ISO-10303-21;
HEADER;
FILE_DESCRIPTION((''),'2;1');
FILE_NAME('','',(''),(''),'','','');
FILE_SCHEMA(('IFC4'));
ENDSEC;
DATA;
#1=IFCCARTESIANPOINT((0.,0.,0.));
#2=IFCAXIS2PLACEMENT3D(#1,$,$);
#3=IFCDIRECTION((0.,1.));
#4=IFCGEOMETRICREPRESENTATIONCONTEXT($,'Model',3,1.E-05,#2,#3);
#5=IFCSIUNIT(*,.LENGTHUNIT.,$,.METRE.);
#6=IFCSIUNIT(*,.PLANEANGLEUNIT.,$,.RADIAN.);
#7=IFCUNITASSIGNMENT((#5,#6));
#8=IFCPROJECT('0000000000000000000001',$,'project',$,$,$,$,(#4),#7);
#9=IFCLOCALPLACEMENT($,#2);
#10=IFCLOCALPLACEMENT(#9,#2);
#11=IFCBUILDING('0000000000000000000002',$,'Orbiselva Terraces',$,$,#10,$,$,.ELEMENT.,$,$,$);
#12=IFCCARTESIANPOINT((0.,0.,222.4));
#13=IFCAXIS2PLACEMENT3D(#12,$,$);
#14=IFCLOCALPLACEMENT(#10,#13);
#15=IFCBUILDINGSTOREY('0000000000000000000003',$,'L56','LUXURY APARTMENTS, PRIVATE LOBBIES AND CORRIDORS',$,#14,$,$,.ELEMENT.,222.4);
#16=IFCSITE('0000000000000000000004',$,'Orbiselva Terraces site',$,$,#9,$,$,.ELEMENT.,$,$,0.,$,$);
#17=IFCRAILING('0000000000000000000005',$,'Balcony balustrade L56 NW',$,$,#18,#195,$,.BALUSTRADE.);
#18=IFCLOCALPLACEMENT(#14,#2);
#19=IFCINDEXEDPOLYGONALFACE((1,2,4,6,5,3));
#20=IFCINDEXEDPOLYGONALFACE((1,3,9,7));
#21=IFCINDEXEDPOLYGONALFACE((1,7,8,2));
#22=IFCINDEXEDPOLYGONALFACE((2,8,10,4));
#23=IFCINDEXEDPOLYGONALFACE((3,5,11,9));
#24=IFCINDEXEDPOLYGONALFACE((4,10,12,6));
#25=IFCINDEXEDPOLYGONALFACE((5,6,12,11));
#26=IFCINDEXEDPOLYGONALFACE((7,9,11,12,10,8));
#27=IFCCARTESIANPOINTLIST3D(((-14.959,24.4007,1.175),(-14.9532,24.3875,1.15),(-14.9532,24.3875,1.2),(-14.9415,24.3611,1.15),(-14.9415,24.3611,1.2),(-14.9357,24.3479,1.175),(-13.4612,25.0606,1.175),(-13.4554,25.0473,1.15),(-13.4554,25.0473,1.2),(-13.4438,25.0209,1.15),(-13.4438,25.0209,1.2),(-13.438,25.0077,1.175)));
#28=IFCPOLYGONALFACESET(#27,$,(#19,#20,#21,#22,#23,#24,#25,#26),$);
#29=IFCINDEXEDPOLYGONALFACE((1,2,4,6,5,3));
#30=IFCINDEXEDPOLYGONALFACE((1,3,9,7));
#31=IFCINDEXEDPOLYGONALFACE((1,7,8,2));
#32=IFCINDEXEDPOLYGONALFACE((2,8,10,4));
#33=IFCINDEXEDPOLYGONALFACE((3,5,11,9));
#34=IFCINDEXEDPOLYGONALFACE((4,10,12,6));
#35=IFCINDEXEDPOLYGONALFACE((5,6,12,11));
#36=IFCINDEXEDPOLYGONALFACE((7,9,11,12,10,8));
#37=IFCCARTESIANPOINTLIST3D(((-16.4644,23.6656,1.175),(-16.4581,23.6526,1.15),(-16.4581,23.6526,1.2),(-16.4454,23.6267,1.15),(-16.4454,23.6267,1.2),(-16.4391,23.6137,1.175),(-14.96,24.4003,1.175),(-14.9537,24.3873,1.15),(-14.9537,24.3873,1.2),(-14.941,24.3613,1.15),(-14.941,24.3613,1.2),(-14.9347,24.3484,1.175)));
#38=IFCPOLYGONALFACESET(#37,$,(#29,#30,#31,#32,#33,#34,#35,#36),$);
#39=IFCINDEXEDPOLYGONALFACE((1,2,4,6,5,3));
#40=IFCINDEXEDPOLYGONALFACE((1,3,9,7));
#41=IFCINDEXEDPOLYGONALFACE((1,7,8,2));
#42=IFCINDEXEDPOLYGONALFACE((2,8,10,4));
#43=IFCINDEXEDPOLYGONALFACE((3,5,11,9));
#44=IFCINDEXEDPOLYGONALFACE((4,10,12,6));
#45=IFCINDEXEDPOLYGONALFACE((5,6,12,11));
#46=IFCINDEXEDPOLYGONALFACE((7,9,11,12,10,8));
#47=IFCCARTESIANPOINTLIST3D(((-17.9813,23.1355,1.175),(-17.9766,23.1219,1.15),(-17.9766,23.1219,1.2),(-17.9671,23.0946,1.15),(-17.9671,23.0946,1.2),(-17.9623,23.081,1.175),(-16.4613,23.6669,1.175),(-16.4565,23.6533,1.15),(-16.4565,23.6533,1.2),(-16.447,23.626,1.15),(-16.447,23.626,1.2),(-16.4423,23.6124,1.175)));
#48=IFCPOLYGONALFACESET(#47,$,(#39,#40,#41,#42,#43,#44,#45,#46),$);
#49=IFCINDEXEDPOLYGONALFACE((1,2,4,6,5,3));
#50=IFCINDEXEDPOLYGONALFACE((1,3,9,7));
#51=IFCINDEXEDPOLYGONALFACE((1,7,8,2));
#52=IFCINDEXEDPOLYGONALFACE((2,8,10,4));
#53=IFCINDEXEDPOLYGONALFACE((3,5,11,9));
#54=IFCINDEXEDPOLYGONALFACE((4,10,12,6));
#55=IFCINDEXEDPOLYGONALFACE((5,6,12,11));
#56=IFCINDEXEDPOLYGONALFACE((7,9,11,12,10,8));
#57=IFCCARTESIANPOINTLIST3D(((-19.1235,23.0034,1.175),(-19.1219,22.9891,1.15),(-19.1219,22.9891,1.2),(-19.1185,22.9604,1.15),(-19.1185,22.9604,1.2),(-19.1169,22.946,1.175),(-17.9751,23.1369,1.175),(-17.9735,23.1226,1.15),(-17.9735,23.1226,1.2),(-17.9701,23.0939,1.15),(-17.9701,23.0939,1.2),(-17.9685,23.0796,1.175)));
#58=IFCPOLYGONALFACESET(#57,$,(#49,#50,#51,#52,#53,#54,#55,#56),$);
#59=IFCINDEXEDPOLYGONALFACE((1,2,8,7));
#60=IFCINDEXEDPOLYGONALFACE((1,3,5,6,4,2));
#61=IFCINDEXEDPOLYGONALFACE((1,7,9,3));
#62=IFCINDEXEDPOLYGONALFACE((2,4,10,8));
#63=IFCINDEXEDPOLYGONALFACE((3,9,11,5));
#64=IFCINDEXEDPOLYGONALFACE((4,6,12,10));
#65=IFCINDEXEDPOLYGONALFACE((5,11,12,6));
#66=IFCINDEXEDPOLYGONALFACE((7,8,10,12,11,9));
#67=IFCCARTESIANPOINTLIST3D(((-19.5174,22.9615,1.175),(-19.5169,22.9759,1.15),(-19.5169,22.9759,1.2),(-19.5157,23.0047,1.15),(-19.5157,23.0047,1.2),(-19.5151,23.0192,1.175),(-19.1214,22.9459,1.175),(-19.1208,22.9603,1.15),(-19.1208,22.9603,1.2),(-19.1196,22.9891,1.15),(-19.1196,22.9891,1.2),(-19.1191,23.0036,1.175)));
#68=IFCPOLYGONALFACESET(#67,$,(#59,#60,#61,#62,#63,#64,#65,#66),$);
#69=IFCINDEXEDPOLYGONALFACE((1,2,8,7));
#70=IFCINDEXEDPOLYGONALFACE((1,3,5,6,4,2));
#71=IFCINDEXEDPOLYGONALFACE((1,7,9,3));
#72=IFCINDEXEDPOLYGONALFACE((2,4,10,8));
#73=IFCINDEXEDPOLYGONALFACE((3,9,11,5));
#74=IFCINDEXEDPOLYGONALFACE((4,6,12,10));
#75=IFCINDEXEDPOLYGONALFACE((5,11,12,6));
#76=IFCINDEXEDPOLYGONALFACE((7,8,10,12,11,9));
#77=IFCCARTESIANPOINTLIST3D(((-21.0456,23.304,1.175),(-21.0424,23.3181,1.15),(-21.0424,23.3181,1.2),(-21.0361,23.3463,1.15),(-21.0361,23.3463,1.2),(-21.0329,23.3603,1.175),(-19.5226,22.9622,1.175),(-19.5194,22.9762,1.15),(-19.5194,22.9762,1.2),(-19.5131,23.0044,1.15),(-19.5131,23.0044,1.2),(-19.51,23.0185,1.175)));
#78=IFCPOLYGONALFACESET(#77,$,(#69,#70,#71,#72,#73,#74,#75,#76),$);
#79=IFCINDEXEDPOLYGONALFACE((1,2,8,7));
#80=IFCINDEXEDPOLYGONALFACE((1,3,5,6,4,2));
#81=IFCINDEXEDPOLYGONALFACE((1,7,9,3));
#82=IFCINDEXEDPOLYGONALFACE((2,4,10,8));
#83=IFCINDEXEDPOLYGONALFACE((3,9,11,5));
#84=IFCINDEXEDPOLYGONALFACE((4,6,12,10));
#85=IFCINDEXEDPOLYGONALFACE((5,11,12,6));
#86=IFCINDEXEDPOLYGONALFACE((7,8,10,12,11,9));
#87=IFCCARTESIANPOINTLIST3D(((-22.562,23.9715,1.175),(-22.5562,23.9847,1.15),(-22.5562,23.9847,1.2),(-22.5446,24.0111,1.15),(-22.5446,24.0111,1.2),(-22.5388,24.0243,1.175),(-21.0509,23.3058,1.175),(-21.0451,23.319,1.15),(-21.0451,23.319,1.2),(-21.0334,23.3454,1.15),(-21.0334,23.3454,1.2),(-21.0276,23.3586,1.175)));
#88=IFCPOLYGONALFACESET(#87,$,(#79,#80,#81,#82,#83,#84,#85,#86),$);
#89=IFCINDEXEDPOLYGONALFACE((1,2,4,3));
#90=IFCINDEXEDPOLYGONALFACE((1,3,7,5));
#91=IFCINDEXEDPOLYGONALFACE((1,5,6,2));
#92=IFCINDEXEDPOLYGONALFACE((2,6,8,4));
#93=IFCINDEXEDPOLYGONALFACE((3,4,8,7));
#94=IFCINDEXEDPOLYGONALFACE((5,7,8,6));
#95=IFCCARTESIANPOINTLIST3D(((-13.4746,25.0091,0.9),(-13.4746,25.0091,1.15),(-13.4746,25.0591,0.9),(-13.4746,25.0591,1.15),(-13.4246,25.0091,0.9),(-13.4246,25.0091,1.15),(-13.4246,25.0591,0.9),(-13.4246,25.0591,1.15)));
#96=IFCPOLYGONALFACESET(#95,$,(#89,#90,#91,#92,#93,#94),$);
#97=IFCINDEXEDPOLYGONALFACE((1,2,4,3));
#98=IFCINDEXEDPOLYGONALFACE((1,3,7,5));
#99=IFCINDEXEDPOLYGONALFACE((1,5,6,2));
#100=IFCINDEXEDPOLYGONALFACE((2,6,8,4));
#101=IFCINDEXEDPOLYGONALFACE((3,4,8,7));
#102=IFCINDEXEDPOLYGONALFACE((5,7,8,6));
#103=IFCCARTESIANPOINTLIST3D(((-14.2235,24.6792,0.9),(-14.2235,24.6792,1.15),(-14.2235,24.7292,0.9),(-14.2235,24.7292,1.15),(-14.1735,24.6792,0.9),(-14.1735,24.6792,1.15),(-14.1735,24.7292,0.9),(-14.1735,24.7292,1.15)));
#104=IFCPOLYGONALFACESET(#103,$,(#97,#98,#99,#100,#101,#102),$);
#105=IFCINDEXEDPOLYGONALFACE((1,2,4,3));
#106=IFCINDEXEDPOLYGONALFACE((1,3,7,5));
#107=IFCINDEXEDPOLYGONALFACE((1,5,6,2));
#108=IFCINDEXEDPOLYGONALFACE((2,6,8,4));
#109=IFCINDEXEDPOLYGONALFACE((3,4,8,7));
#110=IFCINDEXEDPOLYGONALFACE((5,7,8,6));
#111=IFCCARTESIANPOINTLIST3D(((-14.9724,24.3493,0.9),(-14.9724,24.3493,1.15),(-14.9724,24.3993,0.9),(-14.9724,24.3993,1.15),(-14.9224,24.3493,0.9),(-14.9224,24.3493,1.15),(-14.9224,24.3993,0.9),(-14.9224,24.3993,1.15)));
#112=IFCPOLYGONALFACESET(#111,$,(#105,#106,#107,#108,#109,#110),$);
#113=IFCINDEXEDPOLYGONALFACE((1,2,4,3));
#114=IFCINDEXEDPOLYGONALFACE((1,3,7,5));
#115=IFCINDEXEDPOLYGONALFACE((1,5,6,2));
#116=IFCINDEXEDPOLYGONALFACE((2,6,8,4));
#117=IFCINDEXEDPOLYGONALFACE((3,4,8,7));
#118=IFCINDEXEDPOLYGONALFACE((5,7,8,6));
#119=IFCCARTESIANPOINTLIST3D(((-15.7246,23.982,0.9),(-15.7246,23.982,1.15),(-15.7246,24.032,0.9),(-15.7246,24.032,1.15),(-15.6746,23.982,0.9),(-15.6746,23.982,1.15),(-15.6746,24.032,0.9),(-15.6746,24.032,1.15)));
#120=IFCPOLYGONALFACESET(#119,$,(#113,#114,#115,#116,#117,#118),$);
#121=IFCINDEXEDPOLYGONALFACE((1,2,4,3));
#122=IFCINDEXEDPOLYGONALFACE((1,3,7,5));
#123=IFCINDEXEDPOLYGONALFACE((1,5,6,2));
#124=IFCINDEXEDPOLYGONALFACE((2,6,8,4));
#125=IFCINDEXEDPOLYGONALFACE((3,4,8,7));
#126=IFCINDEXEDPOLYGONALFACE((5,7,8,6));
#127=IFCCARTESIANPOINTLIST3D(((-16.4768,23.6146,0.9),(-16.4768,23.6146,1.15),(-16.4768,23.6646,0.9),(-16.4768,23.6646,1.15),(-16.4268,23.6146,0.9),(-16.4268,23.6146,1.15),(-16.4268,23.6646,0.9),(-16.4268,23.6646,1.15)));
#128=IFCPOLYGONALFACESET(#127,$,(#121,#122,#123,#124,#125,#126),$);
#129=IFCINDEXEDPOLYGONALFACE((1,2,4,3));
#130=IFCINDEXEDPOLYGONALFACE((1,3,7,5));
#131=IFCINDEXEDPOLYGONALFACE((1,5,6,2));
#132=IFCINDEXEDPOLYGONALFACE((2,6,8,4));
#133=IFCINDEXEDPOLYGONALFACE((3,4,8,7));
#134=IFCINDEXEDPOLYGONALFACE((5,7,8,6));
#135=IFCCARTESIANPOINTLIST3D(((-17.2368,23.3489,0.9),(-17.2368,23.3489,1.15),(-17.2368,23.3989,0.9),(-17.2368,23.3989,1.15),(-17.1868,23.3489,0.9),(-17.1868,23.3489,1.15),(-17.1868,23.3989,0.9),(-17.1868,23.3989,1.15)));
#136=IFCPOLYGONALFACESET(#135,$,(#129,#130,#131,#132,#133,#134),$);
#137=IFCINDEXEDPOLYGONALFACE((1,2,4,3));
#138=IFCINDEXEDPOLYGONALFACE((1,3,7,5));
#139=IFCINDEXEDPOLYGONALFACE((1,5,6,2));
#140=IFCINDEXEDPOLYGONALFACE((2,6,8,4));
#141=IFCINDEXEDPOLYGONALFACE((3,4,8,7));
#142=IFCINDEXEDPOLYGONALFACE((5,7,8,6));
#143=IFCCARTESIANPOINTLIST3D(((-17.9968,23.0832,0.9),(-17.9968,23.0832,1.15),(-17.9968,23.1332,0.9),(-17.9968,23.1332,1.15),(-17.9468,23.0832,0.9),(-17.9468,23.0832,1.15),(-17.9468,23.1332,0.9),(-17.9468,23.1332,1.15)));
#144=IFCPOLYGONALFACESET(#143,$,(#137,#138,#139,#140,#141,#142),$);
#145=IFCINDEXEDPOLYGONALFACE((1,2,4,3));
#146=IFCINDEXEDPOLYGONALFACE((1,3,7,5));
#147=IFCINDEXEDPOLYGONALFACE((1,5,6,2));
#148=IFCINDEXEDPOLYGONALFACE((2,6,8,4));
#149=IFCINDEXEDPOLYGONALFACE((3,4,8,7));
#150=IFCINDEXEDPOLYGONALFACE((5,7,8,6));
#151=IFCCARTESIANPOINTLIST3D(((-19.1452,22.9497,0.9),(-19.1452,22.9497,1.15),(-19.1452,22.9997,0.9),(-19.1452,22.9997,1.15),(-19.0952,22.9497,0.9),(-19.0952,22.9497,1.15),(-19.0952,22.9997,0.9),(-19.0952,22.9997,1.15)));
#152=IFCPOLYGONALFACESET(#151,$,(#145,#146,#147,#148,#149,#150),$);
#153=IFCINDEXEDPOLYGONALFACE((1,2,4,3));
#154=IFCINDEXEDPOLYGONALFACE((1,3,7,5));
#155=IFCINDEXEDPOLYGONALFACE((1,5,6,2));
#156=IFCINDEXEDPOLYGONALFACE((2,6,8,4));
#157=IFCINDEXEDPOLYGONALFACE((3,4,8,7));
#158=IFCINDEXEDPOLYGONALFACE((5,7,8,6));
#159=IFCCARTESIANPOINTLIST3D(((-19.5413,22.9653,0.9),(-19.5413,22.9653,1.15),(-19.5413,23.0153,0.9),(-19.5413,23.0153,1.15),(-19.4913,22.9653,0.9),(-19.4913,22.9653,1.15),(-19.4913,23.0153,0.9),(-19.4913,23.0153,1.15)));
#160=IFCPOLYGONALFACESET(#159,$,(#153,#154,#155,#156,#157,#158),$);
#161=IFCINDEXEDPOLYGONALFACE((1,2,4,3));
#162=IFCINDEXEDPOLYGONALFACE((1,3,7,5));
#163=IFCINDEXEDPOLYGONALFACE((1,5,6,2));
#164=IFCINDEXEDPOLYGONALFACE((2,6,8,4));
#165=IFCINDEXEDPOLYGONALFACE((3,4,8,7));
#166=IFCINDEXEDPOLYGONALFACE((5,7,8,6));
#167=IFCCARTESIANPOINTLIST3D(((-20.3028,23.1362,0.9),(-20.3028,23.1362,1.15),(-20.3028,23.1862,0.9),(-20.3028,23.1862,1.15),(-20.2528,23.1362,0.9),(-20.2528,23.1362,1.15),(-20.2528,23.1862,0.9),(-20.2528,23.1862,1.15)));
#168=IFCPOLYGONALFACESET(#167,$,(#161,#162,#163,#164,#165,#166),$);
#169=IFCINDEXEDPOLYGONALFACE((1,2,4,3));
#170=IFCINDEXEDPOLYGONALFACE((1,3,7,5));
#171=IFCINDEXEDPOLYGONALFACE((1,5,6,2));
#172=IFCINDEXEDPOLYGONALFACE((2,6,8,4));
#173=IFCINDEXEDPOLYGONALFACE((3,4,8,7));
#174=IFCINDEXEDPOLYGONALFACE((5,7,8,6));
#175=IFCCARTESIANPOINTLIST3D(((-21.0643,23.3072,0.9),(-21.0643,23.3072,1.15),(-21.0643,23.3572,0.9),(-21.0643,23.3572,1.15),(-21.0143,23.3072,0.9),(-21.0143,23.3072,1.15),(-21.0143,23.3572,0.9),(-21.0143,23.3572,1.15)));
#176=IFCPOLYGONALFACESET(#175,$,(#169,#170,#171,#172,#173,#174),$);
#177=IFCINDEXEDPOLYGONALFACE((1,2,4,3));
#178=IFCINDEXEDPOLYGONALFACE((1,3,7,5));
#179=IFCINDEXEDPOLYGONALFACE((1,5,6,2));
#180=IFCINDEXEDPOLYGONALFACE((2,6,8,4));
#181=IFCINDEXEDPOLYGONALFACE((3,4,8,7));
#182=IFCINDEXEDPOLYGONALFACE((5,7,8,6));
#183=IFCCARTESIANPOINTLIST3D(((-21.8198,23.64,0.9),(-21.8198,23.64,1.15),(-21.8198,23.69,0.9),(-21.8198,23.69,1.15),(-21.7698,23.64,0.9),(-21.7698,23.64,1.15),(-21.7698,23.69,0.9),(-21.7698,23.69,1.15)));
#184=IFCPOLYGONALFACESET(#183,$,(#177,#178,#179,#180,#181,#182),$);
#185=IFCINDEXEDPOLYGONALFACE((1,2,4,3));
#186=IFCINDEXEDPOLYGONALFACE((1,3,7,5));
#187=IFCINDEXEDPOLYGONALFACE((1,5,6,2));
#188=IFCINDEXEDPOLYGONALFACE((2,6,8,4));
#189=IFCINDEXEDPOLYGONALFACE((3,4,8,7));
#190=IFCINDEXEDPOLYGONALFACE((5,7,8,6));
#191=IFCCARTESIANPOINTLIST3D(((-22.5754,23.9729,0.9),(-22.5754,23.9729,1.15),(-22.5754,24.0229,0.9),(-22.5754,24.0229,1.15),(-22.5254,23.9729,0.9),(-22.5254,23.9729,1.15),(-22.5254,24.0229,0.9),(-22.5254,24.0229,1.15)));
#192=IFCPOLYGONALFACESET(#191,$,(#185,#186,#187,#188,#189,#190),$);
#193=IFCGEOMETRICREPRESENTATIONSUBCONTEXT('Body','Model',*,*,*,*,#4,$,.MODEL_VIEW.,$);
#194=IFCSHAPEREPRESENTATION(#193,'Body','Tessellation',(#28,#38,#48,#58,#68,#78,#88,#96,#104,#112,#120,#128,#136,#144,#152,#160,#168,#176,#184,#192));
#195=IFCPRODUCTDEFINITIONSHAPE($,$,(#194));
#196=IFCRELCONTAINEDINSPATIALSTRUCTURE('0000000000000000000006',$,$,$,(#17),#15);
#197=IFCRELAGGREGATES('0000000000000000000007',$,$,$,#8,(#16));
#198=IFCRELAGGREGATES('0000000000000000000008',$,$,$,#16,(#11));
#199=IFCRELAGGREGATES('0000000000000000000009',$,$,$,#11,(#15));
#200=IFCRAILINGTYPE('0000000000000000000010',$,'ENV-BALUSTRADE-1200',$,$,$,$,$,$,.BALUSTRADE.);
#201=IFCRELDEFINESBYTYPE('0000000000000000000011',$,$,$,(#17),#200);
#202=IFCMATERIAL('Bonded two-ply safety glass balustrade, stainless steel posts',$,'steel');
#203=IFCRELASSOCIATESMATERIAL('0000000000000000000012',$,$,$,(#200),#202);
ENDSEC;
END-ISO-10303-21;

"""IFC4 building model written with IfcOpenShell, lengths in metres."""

from ifc_helpers import new_model, si_unit, direction, frame, origin, origin_2d, place, context, subcontext, project, spatial, polyline, rectangle, outline, extrude, material, type_object, element, save


model = new_model("IFC4")

# Units and contexts
model_context = context("Model", 3, precision=1e-05, world=origin(), true_north=direction((0.0, 1.0)))
body_context = subcontext(model_context, "Body", "Model", "MODEL_VIEW")
ifc_project = project(units=[si_unit("LENGTHUNIT", "METRE"), si_unit("PLANEANGLEUNIT", "RADIAN")], contexts=[model_context])

# Site, building, storey
site_placement = place(None, origin())
site = spatial("IfcSite", under=ifc_project, at=site_placement, Name="Orbiselva Terraces site", CompositionType="ELEMENT", RefElevation=0.0)
building_placement = place(site_placement, origin())
building = spatial("IfcBuilding", under=site, at=building_placement, Name="Orbiselva Terraces", CompositionType="ELEMENT")
storey_placement = place(building_placement, frame((0.0, 0.0, 222.4)))
storey = spatial("IfcBuildingStorey", under=building, at=storey_placement, Name="L56", Description="LUXURY APARTMENTS, PRIVATE LOBBIES AND CORRIDORS", CompositionType="ELEMENT", Elevation=222.4)

# Railing
ifc_material_1 = material(Name="Bonded two-ply safety glass balustrade, stainless steel posts", Category="steel")
railing_type_1 = type_object("IfcRailingType", Name="ENV-BALUSTRADE-1200", PredefinedType="BALUSTRADE", material=ifc_material_1)
railing_1_placement = place(storey_placement, frame((-13.4496, 25.0341, 0.9)))
element("IfcRailing", 1, at=railing_1_placement, inside=storey, type_object=railing_type_1, Name="Balcony balustrade L56 NW", PredefinedType="BALUSTRADE", context=body_context, shape_type="SweptSolid", body=[
    extrude(outline(polyline([(0.0289, 0.0), (0.0144, 0.025), (-0.0144, 0.025), (-0.0289, 0.0), (-0.0144, -0.025), (0.0144, -0.025), (0.0289, 0.0)])), frame((0.0, 0.0, 0.275), z_axis=(-0.915133, -0.403151, 0.0), x_axis=(0.403151, -0.915133, 0.0)), (0.0, 0.0, 1.0), 1.6366),
    extrude(outline(polyline([(0.0289, 0.0), (0.0144, 0.025), (-0.0144, 0.025), (-0.0289, 0.0), (-0.0144, -0.025), (0.0144, -0.025), (0.0289, 0.0)])), frame((-1.4978, -0.6598, 0.275), z_axis=(-0.898579, -0.438812, 0.0), x_axis=(0.438812, -0.898579, 0.0)), (0.0, 0.0, 1.0), 1.6742),
    extrude(outline(polyline([(0.0289, 0.0), (0.0144, 0.025), (-0.0144, 0.025), (-0.0289, 0.0), (-0.0144, -0.025), (0.0144, -0.025), (0.0289, 0.0)])), frame((-3.0022, -1.3945, 0.275), z_axis=(-0.943972, -0.330025, 0.0), x_axis=(0.330025, -0.943972, 0.0)), (0.0, 0.0, 1.0), 1.6103),
    extrude(outline(polyline([(0.0289, 0.0), (0.0144, 0.025), (-0.0144, 0.025), (-0.0289, 0.0), (-0.0144, -0.025), (0.0144, -0.025), (0.0289, 0.0)])), frame((-4.5222, -1.9259, 0.275), z_axis=(-0.99331, -0.115482, 0.0), x_axis=(0.115482, -0.99331, 0.0)), (0.0, 0.0, 1.0), 1.1561),
    extrude(outline(polyline([(0.0289, 0.0), (0.0144, 0.025), (-0.0144, 0.025), (-0.0289, 0.0), (-0.0144, -0.025), (0.0144, -0.025), (0.0289, 0.0)])), frame((-5.6706, -2.0594, 0.275), z_axis=(-0.999225, 0.039369, 0.0), x_axis=(-0.039369, -0.999225, 0.0)), (0.0, 0.0, 1.0), 0.3964),
    extrude(outline(polyline([(0.0289, 0.0), (0.0144, 0.025), (-0.0144, 0.025), (-0.0289, 0.0), (-0.0144, -0.025), (0.0144, -0.025), (0.0289, 0.0)])), frame((-6.0667, -2.0438, 0.275), z_axis=(-0.975721, 0.219016, 0.0), x_axis=(-0.219016, -0.975721, 0.0)), (0.0, 0.0, 1.0), 1.5609),
    extrude(outline(polyline([(0.0289, 0.0), (0.0144, 0.025), (-0.0144, 0.025), (-0.0289, 0.0), (-0.0144, -0.025), (0.0144, -0.025), (0.0289, 0.0)])), frame((-7.5896, -1.702, 0.275), z_axis=(-0.915134, 0.403151, 0.0), x_axis=(-0.403151, -0.915134, 0.0)), (0.0, 0.0, 1.0), 1.6513),
    extrude(rectangle(XDim=0.05, YDim=0.05, at=origin_2d()), origin(), (0.0, 0.0, 1.0), 0.25),
    extrude(rectangle(XDim=0.05, YDim=0.05, at=origin_2d()), frame((-0.7489, -0.3299, 0.0)), (0.0, 0.0, 1.0), 0.25),
    extrude(rectangle(XDim=0.05, YDim=0.05, at=origin_2d()), frame((-1.4978, -0.6598, 0.0)), (0.0, 0.0, 1.0), 0.25),
    extrude(rectangle(XDim=0.05, YDim=0.05, at=origin_2d()), frame((-2.25, -1.0272, 0.0)), (0.0, 0.0, 1.0), 0.25),
    extrude(rectangle(XDim=0.05, YDim=0.05, at=origin_2d()), frame((-3.0022, -1.3945, 0.0)), (0.0, 0.0, 1.0), 0.25),
    extrude(rectangle(XDim=0.05, YDim=0.05, at=origin_2d()), frame((-3.7622, -1.6602, 0.0)), (0.0, 0.0, 1.0), 0.25),
    extrude(rectangle(XDim=0.05, YDim=0.05, at=origin_2d()), frame((-4.5222, -1.9259, 0.0)), (0.0, 0.0, 1.0), 0.25),
    extrude(rectangle(XDim=0.05, YDim=0.05, at=origin_2d()), frame((-5.6706, -2.0594, 0.0)), (0.0, 0.0, 1.0), 0.25),
    extrude(rectangle(XDim=0.05, YDim=0.05, at=origin_2d()), frame((-6.0667, -2.0438, 0.0)), (0.0, 0.0, 1.0), 0.25),
    extrude(rectangle(XDim=0.05, YDim=0.05, at=origin_2d()), frame((-6.8282, -1.8729, 0.0)), (0.0, 0.0, 1.0), 0.25),
    extrude(rectangle(XDim=0.05, YDim=0.05, at=origin_2d()), frame((-7.5896, -1.702, 0.0)), (0.0, 0.0, 1.0), 0.25),
    extrude(rectangle(XDim=0.05, YDim=0.05, at=origin_2d()), frame((-8.3452, -1.3691, 0.0)), (0.0, 0.0, 1.0), 0.25),
    extrude(rectangle(XDim=0.05, YDim=0.05, at=origin_2d()), frame((-9.1008, -1.0362, 0.0)), (0.0, 0.0, 1.0), 0.25),
])

save(model, "model.ifc")
